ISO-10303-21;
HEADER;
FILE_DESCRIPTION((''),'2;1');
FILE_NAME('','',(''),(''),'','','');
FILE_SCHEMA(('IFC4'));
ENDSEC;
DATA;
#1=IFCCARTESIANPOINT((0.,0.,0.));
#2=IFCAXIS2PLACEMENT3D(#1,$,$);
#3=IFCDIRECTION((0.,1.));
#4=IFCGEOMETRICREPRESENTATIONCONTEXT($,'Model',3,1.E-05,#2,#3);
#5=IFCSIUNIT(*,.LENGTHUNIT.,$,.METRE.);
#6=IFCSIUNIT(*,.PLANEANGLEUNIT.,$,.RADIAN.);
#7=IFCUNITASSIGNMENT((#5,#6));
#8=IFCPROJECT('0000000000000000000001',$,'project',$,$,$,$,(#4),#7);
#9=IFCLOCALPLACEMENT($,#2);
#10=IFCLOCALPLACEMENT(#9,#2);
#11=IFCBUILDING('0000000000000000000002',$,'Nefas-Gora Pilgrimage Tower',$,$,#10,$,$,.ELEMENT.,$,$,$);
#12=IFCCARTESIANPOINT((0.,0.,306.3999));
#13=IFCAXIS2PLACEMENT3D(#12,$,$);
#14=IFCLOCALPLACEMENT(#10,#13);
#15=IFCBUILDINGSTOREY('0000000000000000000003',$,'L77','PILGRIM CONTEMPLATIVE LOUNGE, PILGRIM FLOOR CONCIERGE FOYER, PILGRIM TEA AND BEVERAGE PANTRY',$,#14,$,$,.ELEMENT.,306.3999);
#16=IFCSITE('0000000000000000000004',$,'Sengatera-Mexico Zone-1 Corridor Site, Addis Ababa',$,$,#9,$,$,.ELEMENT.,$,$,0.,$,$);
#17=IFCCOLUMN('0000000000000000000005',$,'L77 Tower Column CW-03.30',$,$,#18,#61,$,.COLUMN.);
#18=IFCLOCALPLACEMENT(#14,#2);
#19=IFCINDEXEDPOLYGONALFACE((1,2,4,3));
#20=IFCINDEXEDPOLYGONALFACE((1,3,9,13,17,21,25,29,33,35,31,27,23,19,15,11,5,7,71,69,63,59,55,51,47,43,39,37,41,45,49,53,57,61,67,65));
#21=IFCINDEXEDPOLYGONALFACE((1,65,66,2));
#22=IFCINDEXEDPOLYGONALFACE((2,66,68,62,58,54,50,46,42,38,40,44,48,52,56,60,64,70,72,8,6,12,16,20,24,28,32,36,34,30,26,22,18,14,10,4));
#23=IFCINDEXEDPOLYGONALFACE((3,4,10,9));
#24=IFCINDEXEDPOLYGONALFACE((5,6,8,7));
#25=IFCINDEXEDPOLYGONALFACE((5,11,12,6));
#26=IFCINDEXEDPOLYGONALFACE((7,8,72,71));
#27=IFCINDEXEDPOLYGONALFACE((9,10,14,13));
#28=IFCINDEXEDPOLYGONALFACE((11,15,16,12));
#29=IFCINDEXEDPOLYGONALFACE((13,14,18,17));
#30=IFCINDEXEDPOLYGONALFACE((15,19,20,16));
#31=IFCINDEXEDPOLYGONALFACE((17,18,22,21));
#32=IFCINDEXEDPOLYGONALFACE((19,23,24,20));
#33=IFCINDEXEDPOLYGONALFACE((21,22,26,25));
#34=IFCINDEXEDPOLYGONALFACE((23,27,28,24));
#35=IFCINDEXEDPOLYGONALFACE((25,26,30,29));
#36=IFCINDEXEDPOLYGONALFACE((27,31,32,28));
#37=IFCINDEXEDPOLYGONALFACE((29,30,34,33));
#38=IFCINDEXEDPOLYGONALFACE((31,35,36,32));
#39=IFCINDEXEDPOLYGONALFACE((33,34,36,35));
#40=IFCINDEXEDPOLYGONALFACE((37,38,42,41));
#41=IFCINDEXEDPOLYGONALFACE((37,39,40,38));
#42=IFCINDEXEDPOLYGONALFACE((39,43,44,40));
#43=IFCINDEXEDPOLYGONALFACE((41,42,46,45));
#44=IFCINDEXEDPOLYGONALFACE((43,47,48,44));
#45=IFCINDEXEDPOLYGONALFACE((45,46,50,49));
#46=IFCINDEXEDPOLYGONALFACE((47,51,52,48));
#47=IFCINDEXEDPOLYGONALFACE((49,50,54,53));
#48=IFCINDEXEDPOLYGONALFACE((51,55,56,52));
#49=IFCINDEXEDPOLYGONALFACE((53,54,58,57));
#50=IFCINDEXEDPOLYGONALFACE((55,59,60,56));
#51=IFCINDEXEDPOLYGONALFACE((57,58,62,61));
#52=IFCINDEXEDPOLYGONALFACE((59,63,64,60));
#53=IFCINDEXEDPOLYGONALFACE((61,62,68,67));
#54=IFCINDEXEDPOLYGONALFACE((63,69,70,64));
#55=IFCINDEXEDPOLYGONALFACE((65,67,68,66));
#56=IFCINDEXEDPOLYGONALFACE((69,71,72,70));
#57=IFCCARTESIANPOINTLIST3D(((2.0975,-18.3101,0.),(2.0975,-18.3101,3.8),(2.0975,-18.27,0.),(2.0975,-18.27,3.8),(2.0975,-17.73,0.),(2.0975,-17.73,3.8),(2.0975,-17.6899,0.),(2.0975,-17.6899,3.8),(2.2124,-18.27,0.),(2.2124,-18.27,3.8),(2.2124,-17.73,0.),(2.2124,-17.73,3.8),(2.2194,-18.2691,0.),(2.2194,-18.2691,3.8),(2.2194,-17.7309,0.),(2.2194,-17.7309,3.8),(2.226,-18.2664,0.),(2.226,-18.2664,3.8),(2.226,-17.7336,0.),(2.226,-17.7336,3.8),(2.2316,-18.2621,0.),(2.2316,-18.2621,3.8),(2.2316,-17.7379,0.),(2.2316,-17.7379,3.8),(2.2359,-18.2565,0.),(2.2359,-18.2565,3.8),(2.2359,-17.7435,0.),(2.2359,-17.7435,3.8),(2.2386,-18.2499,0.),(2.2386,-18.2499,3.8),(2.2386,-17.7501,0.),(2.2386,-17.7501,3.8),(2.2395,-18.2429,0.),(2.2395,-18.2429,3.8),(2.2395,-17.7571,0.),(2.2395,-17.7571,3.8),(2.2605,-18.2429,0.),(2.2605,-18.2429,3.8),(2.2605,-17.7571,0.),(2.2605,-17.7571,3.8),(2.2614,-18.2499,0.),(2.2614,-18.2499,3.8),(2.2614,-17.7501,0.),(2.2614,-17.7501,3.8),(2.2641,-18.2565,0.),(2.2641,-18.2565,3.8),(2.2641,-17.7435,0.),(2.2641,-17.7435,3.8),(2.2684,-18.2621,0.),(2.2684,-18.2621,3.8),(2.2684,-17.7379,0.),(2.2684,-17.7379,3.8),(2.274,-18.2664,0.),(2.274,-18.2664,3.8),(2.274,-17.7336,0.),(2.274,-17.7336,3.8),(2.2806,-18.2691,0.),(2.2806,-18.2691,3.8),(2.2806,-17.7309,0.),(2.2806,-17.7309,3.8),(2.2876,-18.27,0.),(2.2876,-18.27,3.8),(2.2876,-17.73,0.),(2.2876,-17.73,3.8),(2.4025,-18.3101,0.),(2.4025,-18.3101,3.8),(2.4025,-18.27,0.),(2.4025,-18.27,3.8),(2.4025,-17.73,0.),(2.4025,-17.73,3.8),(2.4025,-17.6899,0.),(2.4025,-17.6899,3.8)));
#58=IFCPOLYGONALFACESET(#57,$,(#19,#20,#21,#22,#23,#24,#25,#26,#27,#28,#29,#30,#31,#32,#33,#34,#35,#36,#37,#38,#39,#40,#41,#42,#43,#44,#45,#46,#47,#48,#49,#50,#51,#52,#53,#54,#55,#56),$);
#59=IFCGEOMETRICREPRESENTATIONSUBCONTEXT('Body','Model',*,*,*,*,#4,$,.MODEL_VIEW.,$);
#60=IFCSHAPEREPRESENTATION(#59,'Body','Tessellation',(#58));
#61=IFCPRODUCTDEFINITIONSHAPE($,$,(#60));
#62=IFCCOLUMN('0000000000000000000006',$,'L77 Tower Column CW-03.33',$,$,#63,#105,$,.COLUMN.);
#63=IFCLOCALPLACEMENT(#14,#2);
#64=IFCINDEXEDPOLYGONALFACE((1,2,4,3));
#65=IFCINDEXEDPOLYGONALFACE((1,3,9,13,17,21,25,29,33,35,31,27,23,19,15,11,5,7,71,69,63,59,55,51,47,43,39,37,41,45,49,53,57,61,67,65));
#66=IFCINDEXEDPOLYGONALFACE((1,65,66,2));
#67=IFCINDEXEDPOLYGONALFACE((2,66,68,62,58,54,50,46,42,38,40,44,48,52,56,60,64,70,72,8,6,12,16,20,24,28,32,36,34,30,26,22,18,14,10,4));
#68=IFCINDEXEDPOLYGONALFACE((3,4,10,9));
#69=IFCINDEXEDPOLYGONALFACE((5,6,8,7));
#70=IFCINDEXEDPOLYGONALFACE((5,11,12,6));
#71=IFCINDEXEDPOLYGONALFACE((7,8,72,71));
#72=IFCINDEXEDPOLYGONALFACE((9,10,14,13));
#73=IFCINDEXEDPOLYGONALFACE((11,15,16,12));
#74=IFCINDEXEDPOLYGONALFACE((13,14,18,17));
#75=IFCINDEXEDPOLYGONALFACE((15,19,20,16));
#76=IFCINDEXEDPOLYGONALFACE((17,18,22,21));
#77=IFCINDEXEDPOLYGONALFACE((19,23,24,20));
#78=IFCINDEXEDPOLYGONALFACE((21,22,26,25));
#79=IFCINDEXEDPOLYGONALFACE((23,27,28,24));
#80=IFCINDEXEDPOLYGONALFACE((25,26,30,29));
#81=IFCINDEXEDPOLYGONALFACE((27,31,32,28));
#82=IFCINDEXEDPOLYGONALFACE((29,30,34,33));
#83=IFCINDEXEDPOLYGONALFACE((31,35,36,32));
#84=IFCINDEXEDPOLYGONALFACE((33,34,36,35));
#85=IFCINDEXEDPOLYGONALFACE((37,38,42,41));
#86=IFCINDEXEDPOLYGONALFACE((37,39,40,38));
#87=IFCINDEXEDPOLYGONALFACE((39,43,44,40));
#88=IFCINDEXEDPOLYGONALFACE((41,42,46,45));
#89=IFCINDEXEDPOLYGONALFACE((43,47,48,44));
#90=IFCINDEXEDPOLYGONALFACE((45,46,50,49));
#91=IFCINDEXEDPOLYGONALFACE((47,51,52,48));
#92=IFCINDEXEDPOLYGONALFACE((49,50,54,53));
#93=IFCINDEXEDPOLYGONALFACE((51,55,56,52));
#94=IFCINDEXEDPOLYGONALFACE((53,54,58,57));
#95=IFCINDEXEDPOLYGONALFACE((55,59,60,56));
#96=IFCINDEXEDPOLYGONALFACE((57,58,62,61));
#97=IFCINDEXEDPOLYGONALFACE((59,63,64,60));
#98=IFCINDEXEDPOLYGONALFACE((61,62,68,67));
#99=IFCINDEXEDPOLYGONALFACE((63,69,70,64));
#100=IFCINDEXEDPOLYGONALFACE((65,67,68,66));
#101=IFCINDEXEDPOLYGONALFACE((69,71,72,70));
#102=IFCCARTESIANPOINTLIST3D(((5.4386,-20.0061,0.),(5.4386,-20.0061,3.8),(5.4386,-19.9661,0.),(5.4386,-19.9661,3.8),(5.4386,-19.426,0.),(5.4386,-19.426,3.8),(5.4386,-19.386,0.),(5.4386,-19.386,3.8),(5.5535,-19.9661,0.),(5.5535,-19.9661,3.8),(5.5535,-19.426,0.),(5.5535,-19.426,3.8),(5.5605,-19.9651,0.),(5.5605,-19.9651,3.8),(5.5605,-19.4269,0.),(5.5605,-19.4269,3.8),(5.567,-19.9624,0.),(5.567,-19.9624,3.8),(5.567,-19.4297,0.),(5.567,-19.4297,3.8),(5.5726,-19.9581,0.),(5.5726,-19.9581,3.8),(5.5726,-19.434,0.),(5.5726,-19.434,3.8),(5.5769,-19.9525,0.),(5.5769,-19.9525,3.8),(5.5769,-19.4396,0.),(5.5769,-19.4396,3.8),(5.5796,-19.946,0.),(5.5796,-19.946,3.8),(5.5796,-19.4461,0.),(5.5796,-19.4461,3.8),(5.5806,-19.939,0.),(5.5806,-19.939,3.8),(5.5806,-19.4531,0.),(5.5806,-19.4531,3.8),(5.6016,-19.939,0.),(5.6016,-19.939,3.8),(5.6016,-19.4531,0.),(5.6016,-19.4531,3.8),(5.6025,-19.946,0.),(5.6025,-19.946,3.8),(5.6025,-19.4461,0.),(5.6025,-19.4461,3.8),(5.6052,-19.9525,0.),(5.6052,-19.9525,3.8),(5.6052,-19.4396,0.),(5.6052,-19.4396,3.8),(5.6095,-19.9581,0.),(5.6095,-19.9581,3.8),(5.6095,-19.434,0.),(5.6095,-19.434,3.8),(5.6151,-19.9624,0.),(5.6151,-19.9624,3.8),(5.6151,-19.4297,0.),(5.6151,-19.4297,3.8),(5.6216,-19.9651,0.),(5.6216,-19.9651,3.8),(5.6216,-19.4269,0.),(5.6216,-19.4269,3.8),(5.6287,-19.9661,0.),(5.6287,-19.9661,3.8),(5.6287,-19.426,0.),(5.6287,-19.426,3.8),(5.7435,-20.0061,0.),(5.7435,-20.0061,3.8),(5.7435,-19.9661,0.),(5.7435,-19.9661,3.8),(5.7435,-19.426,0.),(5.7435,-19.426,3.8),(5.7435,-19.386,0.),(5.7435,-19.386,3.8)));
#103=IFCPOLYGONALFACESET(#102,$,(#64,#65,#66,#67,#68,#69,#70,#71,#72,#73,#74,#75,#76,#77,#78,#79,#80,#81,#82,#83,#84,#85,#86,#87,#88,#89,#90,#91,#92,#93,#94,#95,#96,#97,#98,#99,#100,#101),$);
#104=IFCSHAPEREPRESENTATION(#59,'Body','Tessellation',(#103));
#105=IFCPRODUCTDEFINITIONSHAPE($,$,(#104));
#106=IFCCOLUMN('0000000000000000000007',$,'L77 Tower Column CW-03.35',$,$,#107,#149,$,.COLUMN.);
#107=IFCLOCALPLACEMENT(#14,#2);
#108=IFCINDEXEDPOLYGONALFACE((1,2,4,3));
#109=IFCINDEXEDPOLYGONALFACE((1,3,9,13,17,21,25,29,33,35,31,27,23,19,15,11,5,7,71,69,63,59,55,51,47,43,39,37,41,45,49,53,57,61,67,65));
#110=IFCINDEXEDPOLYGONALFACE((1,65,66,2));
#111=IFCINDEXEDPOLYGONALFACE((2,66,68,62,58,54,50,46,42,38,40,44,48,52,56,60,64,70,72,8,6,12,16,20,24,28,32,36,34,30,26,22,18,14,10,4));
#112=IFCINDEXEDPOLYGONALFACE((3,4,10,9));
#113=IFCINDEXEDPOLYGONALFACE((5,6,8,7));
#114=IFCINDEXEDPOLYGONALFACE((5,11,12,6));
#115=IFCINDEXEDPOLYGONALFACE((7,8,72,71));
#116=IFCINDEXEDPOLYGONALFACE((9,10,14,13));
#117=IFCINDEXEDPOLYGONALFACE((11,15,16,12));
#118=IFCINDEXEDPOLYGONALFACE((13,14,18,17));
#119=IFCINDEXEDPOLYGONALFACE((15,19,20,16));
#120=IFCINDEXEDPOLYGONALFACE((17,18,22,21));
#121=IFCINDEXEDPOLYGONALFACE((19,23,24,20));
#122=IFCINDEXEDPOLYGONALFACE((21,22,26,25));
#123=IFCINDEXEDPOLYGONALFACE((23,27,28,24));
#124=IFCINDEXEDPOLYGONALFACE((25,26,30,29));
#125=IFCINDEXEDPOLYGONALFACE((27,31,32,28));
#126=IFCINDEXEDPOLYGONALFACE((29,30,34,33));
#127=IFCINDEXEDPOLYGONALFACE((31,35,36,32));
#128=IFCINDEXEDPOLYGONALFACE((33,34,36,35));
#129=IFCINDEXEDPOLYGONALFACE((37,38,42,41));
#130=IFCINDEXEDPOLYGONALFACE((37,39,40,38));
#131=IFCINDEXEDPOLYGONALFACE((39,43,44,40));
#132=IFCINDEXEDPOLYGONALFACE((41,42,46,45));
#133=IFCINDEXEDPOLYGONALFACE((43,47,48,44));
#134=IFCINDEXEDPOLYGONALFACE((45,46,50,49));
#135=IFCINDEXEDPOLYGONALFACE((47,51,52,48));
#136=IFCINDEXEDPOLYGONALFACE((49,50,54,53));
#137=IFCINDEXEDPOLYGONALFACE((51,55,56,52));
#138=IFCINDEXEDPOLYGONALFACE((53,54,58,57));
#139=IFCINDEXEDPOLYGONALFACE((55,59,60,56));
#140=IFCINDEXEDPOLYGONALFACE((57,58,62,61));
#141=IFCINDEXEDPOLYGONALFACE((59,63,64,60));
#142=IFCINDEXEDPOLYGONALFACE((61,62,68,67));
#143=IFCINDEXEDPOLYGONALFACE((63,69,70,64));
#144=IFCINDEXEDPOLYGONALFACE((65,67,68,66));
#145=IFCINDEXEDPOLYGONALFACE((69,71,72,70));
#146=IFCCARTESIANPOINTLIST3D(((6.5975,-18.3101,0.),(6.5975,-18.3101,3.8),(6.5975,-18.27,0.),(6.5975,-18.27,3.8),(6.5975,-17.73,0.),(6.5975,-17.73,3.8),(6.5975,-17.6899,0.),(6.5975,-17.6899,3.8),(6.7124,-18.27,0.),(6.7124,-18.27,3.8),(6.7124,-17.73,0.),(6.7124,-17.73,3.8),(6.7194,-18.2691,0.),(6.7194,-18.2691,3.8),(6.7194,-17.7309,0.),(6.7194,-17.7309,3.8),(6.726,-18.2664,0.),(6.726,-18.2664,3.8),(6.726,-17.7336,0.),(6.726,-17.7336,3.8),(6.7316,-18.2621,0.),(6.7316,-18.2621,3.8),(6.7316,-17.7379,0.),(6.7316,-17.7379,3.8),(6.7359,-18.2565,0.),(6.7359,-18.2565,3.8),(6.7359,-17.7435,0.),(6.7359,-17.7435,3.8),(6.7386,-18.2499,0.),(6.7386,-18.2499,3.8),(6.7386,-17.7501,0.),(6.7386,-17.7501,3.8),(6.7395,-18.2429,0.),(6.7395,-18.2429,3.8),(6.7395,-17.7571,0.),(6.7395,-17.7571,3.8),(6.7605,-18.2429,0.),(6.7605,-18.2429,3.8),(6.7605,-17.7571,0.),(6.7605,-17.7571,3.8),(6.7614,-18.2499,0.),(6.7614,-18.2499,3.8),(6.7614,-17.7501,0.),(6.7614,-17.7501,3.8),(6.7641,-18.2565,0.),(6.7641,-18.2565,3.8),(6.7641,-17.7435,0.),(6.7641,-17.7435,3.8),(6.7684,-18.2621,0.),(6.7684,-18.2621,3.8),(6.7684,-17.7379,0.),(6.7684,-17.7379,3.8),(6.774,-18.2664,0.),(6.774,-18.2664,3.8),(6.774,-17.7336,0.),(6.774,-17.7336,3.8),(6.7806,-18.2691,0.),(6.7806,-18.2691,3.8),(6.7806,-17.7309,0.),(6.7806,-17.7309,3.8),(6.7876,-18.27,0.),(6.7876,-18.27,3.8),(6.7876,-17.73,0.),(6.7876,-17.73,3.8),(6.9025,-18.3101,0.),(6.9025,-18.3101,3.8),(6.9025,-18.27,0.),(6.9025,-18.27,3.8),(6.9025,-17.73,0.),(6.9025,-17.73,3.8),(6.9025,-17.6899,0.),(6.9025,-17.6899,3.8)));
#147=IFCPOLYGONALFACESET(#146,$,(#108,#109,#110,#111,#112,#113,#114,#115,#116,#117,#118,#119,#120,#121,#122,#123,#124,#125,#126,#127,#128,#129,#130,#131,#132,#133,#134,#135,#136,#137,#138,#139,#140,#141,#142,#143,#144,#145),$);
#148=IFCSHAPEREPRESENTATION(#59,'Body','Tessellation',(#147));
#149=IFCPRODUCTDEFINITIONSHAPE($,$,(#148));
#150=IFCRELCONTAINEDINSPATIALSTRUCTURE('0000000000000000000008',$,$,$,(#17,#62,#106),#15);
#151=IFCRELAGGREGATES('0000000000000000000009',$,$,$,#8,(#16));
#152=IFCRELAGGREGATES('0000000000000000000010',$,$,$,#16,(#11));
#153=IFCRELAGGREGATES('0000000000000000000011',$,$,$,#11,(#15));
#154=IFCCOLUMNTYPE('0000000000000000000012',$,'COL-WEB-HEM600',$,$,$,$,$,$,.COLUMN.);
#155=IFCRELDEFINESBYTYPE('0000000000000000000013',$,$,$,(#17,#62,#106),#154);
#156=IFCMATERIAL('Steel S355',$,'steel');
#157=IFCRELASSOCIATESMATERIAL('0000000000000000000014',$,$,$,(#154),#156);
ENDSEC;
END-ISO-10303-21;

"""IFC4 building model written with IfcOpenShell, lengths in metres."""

from ifc_helpers import new_model, si_unit, direction, frame, origin, origin_2d, place, context, subcontext, project, spatial, i_section, extrude, source, transform, mapped, material, material_profile, profile_set, type_object, element, save


model = new_model("IFC4")

# Units and contexts
model_context = context("Model", 3, precision=1e-05, world=origin(), true_north=direction((0.0, 1.0)))
body_context = subcontext(model_context, "Body", "Model", "MODEL_VIEW")
ifc_project = project(units=[si_unit("LENGTHUNIT", "METRE"), si_unit("PLANEANGLEUNIT", "RADIAN")], contexts=[model_context])

# Site, building, storey
site_placement = place(None, origin())
site = spatial("IfcSite", under=ifc_project, at=site_placement, Name="Sengatera-Mexico Zone-1 Corridor Site, Addis Ababa", CompositionType="ELEMENT", RefElevation=0.0)
building_placement = place(site_placement, origin())
building = spatial("IfcBuilding", under=site, at=building_placement, Name="Nefas-Gora Pilgrimage Tower", CompositionType="ELEMENT")
storey_placement = place(building_placement, frame((0.0, 0.0, 306.3999)))
storey = spatial("IfcBuildingStorey", under=building, at=storey_placement, Name="L77", Description="PILGRIM CONTEMPLATIVE LOUNGE, PILGRIM FLOOR CONCIERGE FOYER, PILGRIM TEA AND BEVERAGE PANTRY", CompositionType="ELEMENT", Elevation=306.3999)

# Columns
ifc_material_1 = material(Name="Steel S355", Category="steel")
ifc_material_profile_1 = material_profile(ifc_material_1, i_section(OverallWidth=0.3049, OverallDepth=0.6201, WebThickness=0.021, FlangeThickness=0.04, FilletRadius=0.0271, at=origin_2d()), Name="HEM 600")
ifc_profile_set_1 = profile_set([ifc_material_profile_1], Name="Steel S355")
column_type_1 = type_object("IfcColumnType", Name="COL-WEB-HEM600", PredefinedType="COLUMN", material=ifc_profile_set_1)
shared_shape_1 = source(origin(), body_context, "Body", "SweptSolid", [
    extrude(i_section(OverallWidth=0.3049, OverallDepth=0.6201, WebThickness=0.021, FlangeThickness=0.04, FilletRadius=0.0271, at=origin_2d()), origin(), (0.0, 0.0, 1.0), 3.8),
])
for number, where, z_axis, x_axis, name in (
    (1, (2.25, -18.0, 0.0), (0.0, 0.0, 1.0), (1.0, 0.0, 0.0), "L77 Tower Column CW-03.30"),
    (2, (5.5911, -19.696, 0.0), (0.0, 0.0, 1.0), (1.0, 0.0, 0.0), "L77 Tower Column CW-03.33"),
    (3, (6.75, -18.0, 0.0), (0.0, 0.0, 1.0), (1.0, 0.0, 0.0), "L77 Tower Column CW-03.35"),
):
    element("IfcColumn", number, at=place(storey_placement, frame(where, z_axis=z_axis, x_axis=x_axis)), inside=storey, type_object=column_type_1, Name=name, PredefinedType="COLUMN", context=body_context, shape_type="MappedRepresentation", body=[
        mapped(shared_shape_1, transform((0.0, 0.0, 0.0), x_axis=(1.0, 0.0, 0.0), y_axis=(0.0, 1.0, 0.0), z_axis=(0.0, 0.0, 1.0), scale=1.0)),
    ])

save(model, "model.ifc")
